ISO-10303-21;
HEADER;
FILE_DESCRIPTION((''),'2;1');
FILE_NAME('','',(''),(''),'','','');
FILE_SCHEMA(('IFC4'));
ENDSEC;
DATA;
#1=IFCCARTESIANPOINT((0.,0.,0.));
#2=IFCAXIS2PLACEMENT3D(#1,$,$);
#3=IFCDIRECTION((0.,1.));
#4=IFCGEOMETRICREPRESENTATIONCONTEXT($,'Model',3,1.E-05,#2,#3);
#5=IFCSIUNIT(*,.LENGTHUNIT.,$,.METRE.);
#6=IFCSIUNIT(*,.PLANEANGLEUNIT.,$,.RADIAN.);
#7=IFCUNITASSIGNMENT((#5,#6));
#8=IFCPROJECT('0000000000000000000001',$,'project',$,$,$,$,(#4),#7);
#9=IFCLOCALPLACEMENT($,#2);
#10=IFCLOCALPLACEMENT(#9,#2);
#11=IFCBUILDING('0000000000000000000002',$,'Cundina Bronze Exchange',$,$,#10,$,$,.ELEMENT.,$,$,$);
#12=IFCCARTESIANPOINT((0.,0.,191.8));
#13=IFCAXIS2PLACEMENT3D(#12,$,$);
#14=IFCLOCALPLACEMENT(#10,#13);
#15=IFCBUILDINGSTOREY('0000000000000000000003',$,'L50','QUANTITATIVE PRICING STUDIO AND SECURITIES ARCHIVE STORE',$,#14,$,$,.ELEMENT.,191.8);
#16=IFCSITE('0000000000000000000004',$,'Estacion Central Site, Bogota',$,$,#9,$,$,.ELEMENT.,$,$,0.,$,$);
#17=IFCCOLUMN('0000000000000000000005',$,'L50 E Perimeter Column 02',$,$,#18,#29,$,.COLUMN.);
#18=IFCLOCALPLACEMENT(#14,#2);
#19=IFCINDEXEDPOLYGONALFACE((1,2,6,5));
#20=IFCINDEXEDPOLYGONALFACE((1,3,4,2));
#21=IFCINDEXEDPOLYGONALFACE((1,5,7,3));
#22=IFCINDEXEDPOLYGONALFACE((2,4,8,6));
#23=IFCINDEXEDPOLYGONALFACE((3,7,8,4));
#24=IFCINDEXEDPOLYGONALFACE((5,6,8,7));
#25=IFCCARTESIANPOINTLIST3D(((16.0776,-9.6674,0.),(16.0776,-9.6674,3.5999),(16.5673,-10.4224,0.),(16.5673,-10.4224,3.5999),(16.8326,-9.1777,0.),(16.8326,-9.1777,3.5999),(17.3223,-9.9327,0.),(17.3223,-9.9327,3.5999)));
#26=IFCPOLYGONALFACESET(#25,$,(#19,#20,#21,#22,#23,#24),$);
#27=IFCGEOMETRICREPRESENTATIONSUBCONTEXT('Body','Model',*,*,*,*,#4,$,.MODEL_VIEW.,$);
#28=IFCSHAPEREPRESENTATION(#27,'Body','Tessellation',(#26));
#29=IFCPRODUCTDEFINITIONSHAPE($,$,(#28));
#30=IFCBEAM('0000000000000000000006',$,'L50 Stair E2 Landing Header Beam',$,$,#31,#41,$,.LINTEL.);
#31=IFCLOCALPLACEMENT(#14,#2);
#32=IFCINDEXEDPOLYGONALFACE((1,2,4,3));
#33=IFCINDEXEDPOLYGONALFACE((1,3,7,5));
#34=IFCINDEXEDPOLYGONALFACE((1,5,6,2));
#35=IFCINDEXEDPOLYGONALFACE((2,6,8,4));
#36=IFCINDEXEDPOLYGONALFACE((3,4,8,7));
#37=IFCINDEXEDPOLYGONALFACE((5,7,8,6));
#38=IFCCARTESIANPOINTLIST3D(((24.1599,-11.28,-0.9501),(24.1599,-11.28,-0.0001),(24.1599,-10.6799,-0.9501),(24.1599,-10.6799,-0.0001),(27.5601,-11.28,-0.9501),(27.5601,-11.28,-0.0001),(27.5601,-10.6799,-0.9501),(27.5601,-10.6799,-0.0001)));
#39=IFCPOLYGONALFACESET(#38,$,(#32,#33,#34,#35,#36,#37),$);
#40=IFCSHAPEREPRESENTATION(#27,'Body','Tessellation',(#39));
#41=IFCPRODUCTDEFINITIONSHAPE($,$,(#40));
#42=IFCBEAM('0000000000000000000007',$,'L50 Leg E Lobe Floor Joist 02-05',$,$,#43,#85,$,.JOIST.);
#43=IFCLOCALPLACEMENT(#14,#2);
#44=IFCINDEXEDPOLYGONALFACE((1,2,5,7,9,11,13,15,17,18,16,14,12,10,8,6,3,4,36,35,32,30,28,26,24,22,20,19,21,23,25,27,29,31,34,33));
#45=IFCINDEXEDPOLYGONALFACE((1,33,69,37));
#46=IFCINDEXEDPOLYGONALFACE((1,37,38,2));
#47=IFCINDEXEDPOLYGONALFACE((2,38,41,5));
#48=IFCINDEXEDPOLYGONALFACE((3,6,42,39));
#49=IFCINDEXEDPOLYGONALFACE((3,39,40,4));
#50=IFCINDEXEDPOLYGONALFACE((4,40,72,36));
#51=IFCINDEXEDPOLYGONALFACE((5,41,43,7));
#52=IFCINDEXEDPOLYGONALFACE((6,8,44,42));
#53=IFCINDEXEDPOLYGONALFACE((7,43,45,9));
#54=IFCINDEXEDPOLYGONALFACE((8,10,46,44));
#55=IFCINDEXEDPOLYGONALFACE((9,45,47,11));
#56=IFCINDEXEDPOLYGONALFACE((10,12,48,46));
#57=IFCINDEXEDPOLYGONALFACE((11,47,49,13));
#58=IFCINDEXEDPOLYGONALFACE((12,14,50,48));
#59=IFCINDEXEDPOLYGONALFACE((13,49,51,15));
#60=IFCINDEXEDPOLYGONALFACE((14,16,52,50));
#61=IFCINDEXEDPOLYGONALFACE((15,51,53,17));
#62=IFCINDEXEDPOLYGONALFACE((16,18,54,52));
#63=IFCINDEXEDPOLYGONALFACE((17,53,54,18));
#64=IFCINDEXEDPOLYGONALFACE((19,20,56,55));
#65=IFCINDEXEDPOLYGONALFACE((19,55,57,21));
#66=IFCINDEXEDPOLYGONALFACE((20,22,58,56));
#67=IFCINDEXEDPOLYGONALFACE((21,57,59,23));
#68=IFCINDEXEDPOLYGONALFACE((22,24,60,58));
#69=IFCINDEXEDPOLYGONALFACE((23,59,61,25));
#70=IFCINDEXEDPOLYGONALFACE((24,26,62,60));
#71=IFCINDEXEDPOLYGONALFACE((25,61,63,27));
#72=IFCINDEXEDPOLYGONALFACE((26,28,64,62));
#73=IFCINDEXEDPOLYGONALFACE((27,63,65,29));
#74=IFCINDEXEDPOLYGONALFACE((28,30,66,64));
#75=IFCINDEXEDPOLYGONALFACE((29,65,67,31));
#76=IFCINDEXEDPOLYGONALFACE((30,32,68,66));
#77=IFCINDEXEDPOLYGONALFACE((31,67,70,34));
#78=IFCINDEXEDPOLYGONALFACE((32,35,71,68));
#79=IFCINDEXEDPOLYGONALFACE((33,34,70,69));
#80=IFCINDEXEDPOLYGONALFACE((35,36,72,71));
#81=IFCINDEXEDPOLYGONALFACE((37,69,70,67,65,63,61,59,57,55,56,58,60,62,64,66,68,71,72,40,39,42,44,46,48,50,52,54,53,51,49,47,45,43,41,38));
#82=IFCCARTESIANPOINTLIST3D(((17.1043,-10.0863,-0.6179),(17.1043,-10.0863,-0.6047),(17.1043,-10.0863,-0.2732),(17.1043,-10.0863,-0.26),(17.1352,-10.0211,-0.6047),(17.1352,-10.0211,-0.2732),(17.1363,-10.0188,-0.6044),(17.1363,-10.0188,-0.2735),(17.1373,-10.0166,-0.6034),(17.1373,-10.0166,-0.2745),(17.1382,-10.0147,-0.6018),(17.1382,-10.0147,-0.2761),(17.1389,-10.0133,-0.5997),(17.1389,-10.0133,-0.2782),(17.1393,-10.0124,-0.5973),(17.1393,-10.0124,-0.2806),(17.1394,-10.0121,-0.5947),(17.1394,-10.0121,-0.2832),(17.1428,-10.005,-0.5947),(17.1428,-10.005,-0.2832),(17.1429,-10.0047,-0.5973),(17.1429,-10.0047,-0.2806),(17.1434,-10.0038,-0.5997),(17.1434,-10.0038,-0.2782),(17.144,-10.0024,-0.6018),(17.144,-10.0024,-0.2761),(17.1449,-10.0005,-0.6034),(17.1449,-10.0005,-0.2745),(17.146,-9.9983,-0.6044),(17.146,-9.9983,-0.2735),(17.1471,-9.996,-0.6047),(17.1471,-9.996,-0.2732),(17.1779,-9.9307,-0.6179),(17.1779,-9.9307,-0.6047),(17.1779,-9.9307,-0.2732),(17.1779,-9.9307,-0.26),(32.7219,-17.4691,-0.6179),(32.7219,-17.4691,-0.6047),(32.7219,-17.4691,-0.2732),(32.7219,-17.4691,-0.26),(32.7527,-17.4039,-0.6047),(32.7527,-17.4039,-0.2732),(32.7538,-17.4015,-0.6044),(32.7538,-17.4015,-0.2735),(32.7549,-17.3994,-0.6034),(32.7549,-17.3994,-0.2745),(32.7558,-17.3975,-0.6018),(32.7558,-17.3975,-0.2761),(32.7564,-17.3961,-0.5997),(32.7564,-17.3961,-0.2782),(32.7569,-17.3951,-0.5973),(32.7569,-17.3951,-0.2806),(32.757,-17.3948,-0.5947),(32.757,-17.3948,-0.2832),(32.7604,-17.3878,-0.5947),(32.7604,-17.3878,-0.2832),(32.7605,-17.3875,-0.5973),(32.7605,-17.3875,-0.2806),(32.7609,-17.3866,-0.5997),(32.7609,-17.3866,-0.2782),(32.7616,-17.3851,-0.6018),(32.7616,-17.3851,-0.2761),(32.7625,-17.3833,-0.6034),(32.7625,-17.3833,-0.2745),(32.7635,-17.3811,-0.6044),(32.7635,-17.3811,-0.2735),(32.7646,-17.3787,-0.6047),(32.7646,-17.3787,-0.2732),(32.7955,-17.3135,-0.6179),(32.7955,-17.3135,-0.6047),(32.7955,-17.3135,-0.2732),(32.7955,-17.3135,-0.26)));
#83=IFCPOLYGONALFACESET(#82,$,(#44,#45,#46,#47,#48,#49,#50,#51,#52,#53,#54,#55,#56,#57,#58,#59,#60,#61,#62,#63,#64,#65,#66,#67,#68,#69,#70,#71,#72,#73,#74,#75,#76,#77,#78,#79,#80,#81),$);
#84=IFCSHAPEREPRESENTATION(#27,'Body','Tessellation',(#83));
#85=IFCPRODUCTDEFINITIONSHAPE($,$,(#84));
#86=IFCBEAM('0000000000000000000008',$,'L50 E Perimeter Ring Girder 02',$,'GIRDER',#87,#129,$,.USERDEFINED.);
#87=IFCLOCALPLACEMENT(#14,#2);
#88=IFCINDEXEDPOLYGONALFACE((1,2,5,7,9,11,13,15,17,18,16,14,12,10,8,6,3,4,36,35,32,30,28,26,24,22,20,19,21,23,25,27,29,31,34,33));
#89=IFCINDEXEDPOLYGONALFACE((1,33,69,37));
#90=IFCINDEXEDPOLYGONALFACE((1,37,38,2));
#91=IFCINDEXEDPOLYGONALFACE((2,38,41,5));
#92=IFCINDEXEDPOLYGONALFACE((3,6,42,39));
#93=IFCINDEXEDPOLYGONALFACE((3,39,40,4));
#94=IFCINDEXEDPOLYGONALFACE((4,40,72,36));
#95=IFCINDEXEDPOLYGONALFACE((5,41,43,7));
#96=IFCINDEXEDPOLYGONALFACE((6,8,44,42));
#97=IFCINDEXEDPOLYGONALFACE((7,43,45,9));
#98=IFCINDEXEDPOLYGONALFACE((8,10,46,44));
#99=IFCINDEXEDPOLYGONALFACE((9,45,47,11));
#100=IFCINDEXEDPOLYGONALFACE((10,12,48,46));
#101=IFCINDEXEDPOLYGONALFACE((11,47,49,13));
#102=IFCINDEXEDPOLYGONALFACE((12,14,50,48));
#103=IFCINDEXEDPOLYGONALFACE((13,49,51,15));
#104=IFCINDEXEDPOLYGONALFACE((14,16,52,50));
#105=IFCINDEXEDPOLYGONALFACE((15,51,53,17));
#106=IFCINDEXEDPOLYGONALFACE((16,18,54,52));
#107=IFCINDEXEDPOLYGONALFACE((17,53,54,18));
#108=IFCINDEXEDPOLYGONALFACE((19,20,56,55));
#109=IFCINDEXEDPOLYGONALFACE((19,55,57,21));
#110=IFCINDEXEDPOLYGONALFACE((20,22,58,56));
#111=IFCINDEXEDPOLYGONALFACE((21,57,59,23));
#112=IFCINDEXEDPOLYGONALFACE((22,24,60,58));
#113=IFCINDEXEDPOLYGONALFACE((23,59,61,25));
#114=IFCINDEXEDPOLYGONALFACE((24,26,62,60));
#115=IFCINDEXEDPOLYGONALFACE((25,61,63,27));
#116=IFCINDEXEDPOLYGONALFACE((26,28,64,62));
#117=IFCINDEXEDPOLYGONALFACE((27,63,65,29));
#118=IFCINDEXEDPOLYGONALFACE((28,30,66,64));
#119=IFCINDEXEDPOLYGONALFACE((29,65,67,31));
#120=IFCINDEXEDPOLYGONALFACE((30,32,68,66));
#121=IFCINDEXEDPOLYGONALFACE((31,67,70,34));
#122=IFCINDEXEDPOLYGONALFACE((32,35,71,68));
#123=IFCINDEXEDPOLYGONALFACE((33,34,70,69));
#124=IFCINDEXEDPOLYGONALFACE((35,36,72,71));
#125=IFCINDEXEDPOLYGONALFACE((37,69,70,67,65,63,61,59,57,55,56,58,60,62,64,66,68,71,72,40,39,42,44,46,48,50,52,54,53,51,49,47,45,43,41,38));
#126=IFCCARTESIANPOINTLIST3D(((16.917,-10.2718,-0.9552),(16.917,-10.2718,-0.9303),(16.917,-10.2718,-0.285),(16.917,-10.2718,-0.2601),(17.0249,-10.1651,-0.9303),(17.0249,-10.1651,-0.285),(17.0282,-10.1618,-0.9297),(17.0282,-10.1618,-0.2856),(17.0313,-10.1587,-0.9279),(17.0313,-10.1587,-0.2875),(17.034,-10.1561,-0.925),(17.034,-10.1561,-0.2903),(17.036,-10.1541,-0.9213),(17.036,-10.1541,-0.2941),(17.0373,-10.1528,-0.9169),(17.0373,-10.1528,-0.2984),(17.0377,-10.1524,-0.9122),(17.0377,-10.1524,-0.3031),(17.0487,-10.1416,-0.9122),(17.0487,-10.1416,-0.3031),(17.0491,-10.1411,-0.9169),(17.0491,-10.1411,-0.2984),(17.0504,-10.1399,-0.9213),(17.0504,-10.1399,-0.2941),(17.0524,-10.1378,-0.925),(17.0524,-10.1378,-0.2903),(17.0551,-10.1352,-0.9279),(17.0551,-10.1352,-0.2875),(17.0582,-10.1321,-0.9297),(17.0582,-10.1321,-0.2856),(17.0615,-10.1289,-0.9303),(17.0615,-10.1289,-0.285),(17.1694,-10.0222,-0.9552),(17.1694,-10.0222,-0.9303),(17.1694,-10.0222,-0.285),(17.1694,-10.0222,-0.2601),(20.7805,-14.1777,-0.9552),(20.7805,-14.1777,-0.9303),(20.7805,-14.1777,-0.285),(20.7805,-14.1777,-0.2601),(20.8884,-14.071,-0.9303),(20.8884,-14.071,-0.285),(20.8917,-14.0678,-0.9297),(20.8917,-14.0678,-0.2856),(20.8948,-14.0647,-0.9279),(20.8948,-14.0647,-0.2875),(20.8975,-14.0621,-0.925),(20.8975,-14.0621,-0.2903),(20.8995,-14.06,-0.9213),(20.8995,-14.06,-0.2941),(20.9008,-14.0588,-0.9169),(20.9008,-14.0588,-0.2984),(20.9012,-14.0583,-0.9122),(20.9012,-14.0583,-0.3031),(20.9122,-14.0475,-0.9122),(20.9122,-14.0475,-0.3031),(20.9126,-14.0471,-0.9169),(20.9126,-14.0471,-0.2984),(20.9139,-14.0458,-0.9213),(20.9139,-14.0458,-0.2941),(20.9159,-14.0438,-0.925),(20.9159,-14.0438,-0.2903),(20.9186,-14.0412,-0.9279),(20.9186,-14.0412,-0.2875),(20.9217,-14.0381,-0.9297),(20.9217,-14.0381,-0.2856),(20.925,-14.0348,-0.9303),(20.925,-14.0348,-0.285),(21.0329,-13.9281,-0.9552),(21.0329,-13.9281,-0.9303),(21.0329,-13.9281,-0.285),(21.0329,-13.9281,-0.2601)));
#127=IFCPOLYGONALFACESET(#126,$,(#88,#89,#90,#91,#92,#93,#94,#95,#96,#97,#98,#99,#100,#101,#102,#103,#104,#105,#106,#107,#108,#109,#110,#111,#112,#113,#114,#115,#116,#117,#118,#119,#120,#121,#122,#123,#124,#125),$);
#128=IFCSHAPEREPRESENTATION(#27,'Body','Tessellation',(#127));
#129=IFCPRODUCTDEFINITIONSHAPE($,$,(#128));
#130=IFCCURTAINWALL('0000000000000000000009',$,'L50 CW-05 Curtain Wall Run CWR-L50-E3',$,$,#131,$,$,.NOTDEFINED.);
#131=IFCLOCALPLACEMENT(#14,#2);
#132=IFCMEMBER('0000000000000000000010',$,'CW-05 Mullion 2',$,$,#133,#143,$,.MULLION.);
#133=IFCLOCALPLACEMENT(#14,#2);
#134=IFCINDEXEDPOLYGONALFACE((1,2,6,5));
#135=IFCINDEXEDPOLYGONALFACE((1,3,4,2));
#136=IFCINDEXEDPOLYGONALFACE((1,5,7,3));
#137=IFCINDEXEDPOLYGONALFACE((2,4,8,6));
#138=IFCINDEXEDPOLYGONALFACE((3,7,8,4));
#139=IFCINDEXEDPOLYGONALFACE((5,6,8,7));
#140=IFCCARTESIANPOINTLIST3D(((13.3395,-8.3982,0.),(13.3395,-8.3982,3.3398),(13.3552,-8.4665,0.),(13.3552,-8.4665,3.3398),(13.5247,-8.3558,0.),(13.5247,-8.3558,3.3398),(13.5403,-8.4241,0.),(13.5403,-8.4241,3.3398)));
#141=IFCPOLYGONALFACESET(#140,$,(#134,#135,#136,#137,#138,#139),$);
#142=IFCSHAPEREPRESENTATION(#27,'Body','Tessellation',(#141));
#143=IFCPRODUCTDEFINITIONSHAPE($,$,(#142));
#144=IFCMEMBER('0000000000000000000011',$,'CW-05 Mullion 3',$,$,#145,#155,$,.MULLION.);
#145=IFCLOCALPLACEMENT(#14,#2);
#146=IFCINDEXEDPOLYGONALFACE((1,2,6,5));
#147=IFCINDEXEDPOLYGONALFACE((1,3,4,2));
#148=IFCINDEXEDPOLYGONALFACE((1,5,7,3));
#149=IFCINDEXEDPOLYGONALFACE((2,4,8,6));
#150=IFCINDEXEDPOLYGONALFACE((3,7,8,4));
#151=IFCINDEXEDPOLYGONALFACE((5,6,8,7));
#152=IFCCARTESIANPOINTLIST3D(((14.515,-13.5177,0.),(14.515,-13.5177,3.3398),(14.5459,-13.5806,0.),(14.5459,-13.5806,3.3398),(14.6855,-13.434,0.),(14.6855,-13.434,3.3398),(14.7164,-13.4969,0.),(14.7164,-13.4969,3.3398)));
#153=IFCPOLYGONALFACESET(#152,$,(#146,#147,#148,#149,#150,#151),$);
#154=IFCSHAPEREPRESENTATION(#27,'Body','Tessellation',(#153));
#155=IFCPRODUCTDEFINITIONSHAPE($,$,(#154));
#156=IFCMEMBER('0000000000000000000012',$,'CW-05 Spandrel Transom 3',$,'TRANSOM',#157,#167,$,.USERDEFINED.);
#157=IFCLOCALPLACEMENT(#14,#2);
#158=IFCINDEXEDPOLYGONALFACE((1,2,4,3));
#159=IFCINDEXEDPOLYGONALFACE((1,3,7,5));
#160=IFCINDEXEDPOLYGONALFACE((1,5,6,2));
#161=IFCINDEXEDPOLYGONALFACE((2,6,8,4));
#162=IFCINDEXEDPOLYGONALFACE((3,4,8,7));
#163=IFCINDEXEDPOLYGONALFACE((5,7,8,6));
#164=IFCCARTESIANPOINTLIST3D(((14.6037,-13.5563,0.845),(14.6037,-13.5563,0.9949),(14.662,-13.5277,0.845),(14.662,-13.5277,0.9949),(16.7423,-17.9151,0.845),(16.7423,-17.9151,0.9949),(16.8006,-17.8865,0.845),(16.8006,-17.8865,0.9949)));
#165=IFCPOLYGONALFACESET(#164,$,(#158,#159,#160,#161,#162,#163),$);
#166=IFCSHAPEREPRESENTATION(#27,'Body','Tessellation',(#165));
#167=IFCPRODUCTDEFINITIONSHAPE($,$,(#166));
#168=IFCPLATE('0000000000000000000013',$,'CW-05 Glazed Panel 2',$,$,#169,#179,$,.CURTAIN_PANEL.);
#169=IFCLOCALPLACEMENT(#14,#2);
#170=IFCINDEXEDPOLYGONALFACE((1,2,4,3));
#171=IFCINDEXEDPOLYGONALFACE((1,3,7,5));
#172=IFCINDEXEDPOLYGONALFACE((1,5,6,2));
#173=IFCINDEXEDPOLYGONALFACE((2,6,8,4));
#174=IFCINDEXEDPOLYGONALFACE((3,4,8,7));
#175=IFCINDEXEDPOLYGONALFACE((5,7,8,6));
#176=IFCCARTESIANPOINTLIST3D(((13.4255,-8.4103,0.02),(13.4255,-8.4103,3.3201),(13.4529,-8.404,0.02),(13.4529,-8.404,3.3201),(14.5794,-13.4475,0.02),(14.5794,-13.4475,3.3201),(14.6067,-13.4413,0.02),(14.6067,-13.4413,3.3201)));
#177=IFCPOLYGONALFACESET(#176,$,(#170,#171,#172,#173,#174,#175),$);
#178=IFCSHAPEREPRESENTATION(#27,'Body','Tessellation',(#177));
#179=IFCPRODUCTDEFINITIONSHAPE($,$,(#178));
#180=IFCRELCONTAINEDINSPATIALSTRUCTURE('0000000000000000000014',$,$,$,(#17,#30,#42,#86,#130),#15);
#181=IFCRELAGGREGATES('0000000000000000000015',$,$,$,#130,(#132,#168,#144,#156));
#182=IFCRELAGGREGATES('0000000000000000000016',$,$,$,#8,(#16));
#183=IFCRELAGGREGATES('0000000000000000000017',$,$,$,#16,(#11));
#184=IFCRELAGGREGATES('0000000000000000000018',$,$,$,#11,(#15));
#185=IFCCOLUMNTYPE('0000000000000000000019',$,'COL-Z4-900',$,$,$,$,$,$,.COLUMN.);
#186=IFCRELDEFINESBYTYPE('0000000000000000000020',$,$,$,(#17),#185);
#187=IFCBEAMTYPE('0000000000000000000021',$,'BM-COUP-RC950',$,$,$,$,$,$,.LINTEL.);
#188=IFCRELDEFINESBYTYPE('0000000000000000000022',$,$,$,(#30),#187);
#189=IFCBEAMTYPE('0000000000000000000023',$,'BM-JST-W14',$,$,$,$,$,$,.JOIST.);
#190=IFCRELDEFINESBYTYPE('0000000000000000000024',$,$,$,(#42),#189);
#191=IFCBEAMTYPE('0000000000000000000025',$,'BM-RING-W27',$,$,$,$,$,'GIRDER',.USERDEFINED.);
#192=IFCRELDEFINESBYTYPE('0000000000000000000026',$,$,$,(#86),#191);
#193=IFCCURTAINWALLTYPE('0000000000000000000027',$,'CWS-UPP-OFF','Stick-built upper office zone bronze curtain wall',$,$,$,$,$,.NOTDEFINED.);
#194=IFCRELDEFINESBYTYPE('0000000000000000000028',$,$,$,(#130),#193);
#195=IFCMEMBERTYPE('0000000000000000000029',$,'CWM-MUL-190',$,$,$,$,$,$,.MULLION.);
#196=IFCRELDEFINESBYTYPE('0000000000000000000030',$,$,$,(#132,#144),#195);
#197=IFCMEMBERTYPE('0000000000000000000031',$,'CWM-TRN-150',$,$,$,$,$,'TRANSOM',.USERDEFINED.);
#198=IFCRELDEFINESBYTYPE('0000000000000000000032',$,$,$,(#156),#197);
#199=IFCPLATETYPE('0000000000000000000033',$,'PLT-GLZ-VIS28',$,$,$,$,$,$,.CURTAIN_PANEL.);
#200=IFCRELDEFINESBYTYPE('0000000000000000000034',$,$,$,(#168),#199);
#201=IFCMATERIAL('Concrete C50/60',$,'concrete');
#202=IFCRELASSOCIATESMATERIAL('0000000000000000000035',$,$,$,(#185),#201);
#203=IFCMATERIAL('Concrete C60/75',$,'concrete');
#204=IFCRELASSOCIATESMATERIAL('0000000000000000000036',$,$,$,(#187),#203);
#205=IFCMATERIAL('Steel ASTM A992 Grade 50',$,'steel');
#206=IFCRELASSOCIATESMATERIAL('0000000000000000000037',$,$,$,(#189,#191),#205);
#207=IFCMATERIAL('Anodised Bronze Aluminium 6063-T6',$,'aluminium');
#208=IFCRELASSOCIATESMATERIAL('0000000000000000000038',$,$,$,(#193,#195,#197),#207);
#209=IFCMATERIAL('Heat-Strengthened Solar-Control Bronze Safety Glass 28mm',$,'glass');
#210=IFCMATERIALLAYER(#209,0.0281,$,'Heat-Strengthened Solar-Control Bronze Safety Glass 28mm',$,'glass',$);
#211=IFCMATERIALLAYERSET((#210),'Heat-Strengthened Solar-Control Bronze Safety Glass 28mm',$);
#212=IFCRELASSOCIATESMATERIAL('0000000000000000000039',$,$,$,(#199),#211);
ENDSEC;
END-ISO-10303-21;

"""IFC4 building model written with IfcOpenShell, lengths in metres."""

from ifc_helpers import new_model, si_unit, direction, frame, origin, origin_2d, place, context, subcontext, project, spatial, rectangle, i_section, extrude, material, layer, layer_set, material_profile, profile_set, type_object, element, aggregate, save


model = new_model("IFC4")

# Units and contexts
model_context = context("Model", 3, precision=1e-05, world=origin(), true_north=direction((0.0, 1.0)))
body_context = subcontext(model_context, "Body", "Model", "MODEL_VIEW")
ifc_project = project(units=[si_unit("LENGTHUNIT", "METRE"), si_unit("PLANEANGLEUNIT", "RADIAN")], contexts=[model_context])

# Site, building, storey
site_placement = place(None, origin())
site = spatial("IfcSite", under=ifc_project, at=site_placement, Name="Estacion Central Site, Bogota", CompositionType="ELEMENT", RefElevation=0.0)
building_placement = place(site_placement, origin())
building = spatial("IfcBuilding", under=site, at=building_placement, Name="Cundina Bronze Exchange", CompositionType="ELEMENT")
storey_placement = place(building_placement, frame((0.0, 0.0, 191.8)))
storey = spatial("IfcBuildingStorey", under=building, at=storey_placement, Name="L50", Description="QUANTITATIVE PRICING STUDIO AND SECURITIES ARCHIVE STORE", CompositionType="ELEMENT", Elevation=191.8)

# Column
ifc_material_1 = material(Name="Concrete C50/60", Category="concrete")
ifc_material_profile_1 = material_profile(ifc_material_1, rectangle(XDim=0.8999, YDim=0.8999, at=origin_2d()), Name="RC900X900", Category="concrete")
ifc_profile_set_1 = profile_set([ifc_material_profile_1], Name="Concrete C50/60")
column_type = type_object("IfcColumnType", Name="COL-Z4-900", PredefinedType="COLUMN", material=ifc_profile_set_1)
column_placement = place(storey_placement, frame((16.7, -9.8, 0.0), z_axis=(0.0, 0.0, 1.0), x_axis=(0.5442, -0.838956, 0.0)))
element("IfcColumn", 1, at=column_placement, inside=storey, type_object=column_type, Name="L50 E Perimeter Column 02", PredefinedType="COLUMN", context=body_context, shape_type="SweptSolid", body=[
    extrude(rectangle(XDim=0.8999, YDim=0.8999, at=origin_2d()), origin(), (0.0, 0.0, 1.0), 3.5999),
])

# Beams
ifc_material_2 = material(Name="Concrete C60/75", Category="concrete")
ifc_material_profile_2 = material_profile(ifc_material_2, rectangle(XDim=0.6001, YDim=0.95, at=origin_2d()), Name="RC600X950", Category="concrete")
ifc_profile_set_2 = profile_set([ifc_material_profile_2], Name="Concrete C60/75")
beam_type_1 = type_object("IfcBeamType", Name="BM-COUP-RC950", PredefinedType="LINTEL", material=ifc_profile_set_2)
beam_1_placement = place(storey_placement, frame((24.1599, -10.98, -0.4751), z_axis=(1.0, 0.0, 0.0), x_axis=(0.0, 1.0, 0.0)))
element("IfcBeam", 2, at=beam_1_placement, inside=storey, type_object=beam_type_1, Name="L50 Stair E2 Landing Header Beam", PredefinedType="LINTEL", context=body_context, shape_type="SweptSolid", body=[
    extrude(rectangle(XDim=0.6001, YDim=0.95, at=origin_2d()), origin(), (0.0, 0.0, 1.0), 3.4001),
])
ifc_material_3 = material(Name="Steel ASTM A992 Grade 50", Category="steel")
ifc_material_profile_3 = material_profile(ifc_material_3, i_section(OverallWidth=0.1721, OverallDepth=0.3579, WebThickness=0.0078, FlangeThickness=0.0132, FilletRadius=0.01, at=origin_2d()), Name="W14X38", Category="steel")
ifc_profile_set_3 = profile_set([ifc_material_profile_3], Name="Steel ASTM A992 Grade 50")
beam_type_2 = type_object("IfcBeamType", Name="BM-JST-W14", PredefinedType="JOIST", material=ifc_profile_set_3)
beam_2_placement = place(storey_placement, frame((17.1411, -10.0085, -0.439), z_axis=(0.904074, -0.427375, 0.0), x_axis=(0.427375, 0.904074, 0.0)))
element("IfcBeam", 3, at=beam_2_placement, inside=storey, type_object=beam_type_2, Name="L50 Leg E Lobe Floor Joist 02-05", PredefinedType="JOIST", context=body_context, shape_type="SweptSolid", body=[
    extrude(i_section(OverallWidth=0.1721, OverallDepth=0.3579, WebThickness=0.0078, FlangeThickness=0.0132, FilletRadius=0.01, at=origin_2d()), origin(), (0.0, 0.0, 1.0), 17.2747),
])
ifc_material_profile_4 = material_profile(ifc_material_3, i_section(OverallWidth=0.355, OverallDepth=0.6951, WebThickness=0.0154, FlangeThickness=0.0249, FilletRadius=0.0181, at=origin_2d()), Name="W27X146", Category="steel")
ifc_profile_set_4 = profile_set([ifc_material_profile_4], Name="Steel ASTM A992 Grade 50")
beam_type_3 = type_object("IfcBeamType", Name="BM-RING-W27", ElementType="GIRDER", PredefinedType="USERDEFINED", material=ifc_profile_set_4)
beam_3_placement = place(storey_placement, frame((17.0432, -10.147, -0.6077), z_axis=(0.70323, -0.710962, 0.0), x_axis=(0.710962, 0.70323, 0.0)))
element("IfcBeam", 4, at=beam_3_placement, inside=storey, type_object=beam_type_3, Name="L50 E Perimeter Ring Girder 02", ObjectType="GIRDER", PredefinedType="USERDEFINED", context=body_context, shape_type="SweptSolid", body=[
    extrude(i_section(OverallWidth=0.355, OverallDepth=0.6951, WebThickness=0.0154, FlangeThickness=0.0249, FilletRadius=0.0181, at=origin_2d()), origin(), (0.0, 0.0, 1.0), 5.4939),
])

# Curtain wall, members, plate
ifc_material_4 = material(Name="Anodised Bronze Aluminium 6063-T6", Category="aluminium")
curtain_wall_type = type_object("IfcCurtainWallType", Name="CWS-UPP-OFF", Description="Stick-built upper office zone bronze curtain wall", PredefinedType="NOTDEFINED", material=ifc_material_4)
curtain_wall_placement = place(storey_placement, origin())
curtain_wall = element("IfcCurtainWall", 5, at=curtain_wall_placement, inside=storey, type_object=curtain_wall_type, Name="L50 CW-05 Curtain Wall Run CWR-L50-E3", PredefinedType="NOTDEFINED")
ifc_material_profile_5 = material_profile(ifc_material_4, rectangle(XDim=0.0701, YDim=0.1899, at=origin_2d()), Name="AL70X190", Category="aluminium")
ifc_profile_set_5 = profile_set([ifc_material_profile_5], Name="Anodised Bronze Aluminium 6063-T6")
member_type_1 = type_object("IfcMemberType", Name="CWM-MUL-190", PredefinedType="MULLION", material=ifc_profile_set_5)
member_1_placement = place(storey_placement, frame((13.4399, -8.4111, 0.0), z_axis=(0.0, 0.0, 1.0), x_axis=(0.22325, -0.974761, 0.0)))
member_1 = element("IfcMember", 6, at=member_1_placement, type_object=member_type_1, Name="CW-05 Mullion 2", PredefinedType="MULLION", context=body_context, shape_type="SweptSolid", body=[
    extrude(rectangle(XDim=0.0701, YDim=0.1899, at=origin_2d()), origin(), (0.0, 0.0, 1.0), 3.3398),
])
member_2_placement = place(storey_placement, frame((14.6157, -13.5073, 0.0), z_axis=(0.0, 0.0, 1.0), x_axis=(0.440566, -0.89772, 0.0)))
member_2 = element("IfcMember", 7, at=member_2_placement, type_object=member_type_1, Name="CW-05 Mullion 3", PredefinedType="MULLION", context=body_context, shape_type="SweptSolid", body=[
    extrude(rectangle(XDim=0.0701, YDim=0.1899, at=origin_2d()), origin(), (0.0, 0.0, 1.0), 3.3398),
])
ifc_material_profile_6 = material_profile(ifc_material_4, rectangle(XDim=0.0649, YDim=0.1499, at=origin_2d()), Name="AL65X150", Category="aluminium")
ifc_profile_set_6 = profile_set([ifc_material_profile_6], Name="Anodised Bronze Aluminium 6063-T6")
member_type_2 = type_object("IfcMemberType", Name="CWM-TRN-150", ElementType="TRANSOM", PredefinedType="USERDEFINED", material=ifc_profile_set_6)
member_3_placement = place(storey_placement, frame((14.6328, -13.542, 0.9199), z_axis=(0.440483, -0.897761, 0.0), x_axis=(0.897761, 0.440483, 0.0)))
member_3 = element("IfcMember", 8, at=member_3_placement, type_object=member_type_2, Name="CW-05 Spandrel Transom 3", ObjectType="TRANSOM", PredefinedType="USERDEFINED", context=body_context, shape_type="SweptSolid", body=[
    extrude(rectangle(XDim=0.0649, YDim=0.1499, at=origin_2d()), origin(), (0.0, 0.0, 1.0), 4.8552),
])
ifc_material_5 = material(Name="Heat-Strengthened Solar-Control Bronze Safety Glass 28mm", Category="glass")
ifc_layer_1 = layer(ifc_material_5, 0.0281, Name="Heat-Strengthened Solar-Control Bronze Safety Glass 28mm", Category="glass")
ifc_layer_set_1 = layer_set([ifc_layer_1], Name="Heat-Strengthened Solar-Control Bronze Safety Glass 28mm")
plate_type = type_object("IfcPlateType", Name="PLT-GLZ-VIS28", PredefinedType="CURTAIN_PANEL", material=ifc_layer_set_1)
plate_placement = place(storey_placement, frame((14.0161, -10.9258, 0.02), z_axis=(0.0, 0.0, 1.0), x_axis=(0.223284, -0.974753, 0.0)))
plate = element("IfcPlate", 9, at=plate_placement, type_object=plate_type, Name="CW-05 Glazed Panel 2", PredefinedType="CURTAIN_PANEL", context=body_context, shape_type="SweptSolid", body=[
    extrude(rectangle(XDim=5.1677, YDim=0.0281, at=origin_2d()), origin(), (0.0, 0.0, 1.0), 3.3),
])
aggregate(curtain_wall, [member_1, plate, member_2, member_3])

save(model, "model.ifc")
